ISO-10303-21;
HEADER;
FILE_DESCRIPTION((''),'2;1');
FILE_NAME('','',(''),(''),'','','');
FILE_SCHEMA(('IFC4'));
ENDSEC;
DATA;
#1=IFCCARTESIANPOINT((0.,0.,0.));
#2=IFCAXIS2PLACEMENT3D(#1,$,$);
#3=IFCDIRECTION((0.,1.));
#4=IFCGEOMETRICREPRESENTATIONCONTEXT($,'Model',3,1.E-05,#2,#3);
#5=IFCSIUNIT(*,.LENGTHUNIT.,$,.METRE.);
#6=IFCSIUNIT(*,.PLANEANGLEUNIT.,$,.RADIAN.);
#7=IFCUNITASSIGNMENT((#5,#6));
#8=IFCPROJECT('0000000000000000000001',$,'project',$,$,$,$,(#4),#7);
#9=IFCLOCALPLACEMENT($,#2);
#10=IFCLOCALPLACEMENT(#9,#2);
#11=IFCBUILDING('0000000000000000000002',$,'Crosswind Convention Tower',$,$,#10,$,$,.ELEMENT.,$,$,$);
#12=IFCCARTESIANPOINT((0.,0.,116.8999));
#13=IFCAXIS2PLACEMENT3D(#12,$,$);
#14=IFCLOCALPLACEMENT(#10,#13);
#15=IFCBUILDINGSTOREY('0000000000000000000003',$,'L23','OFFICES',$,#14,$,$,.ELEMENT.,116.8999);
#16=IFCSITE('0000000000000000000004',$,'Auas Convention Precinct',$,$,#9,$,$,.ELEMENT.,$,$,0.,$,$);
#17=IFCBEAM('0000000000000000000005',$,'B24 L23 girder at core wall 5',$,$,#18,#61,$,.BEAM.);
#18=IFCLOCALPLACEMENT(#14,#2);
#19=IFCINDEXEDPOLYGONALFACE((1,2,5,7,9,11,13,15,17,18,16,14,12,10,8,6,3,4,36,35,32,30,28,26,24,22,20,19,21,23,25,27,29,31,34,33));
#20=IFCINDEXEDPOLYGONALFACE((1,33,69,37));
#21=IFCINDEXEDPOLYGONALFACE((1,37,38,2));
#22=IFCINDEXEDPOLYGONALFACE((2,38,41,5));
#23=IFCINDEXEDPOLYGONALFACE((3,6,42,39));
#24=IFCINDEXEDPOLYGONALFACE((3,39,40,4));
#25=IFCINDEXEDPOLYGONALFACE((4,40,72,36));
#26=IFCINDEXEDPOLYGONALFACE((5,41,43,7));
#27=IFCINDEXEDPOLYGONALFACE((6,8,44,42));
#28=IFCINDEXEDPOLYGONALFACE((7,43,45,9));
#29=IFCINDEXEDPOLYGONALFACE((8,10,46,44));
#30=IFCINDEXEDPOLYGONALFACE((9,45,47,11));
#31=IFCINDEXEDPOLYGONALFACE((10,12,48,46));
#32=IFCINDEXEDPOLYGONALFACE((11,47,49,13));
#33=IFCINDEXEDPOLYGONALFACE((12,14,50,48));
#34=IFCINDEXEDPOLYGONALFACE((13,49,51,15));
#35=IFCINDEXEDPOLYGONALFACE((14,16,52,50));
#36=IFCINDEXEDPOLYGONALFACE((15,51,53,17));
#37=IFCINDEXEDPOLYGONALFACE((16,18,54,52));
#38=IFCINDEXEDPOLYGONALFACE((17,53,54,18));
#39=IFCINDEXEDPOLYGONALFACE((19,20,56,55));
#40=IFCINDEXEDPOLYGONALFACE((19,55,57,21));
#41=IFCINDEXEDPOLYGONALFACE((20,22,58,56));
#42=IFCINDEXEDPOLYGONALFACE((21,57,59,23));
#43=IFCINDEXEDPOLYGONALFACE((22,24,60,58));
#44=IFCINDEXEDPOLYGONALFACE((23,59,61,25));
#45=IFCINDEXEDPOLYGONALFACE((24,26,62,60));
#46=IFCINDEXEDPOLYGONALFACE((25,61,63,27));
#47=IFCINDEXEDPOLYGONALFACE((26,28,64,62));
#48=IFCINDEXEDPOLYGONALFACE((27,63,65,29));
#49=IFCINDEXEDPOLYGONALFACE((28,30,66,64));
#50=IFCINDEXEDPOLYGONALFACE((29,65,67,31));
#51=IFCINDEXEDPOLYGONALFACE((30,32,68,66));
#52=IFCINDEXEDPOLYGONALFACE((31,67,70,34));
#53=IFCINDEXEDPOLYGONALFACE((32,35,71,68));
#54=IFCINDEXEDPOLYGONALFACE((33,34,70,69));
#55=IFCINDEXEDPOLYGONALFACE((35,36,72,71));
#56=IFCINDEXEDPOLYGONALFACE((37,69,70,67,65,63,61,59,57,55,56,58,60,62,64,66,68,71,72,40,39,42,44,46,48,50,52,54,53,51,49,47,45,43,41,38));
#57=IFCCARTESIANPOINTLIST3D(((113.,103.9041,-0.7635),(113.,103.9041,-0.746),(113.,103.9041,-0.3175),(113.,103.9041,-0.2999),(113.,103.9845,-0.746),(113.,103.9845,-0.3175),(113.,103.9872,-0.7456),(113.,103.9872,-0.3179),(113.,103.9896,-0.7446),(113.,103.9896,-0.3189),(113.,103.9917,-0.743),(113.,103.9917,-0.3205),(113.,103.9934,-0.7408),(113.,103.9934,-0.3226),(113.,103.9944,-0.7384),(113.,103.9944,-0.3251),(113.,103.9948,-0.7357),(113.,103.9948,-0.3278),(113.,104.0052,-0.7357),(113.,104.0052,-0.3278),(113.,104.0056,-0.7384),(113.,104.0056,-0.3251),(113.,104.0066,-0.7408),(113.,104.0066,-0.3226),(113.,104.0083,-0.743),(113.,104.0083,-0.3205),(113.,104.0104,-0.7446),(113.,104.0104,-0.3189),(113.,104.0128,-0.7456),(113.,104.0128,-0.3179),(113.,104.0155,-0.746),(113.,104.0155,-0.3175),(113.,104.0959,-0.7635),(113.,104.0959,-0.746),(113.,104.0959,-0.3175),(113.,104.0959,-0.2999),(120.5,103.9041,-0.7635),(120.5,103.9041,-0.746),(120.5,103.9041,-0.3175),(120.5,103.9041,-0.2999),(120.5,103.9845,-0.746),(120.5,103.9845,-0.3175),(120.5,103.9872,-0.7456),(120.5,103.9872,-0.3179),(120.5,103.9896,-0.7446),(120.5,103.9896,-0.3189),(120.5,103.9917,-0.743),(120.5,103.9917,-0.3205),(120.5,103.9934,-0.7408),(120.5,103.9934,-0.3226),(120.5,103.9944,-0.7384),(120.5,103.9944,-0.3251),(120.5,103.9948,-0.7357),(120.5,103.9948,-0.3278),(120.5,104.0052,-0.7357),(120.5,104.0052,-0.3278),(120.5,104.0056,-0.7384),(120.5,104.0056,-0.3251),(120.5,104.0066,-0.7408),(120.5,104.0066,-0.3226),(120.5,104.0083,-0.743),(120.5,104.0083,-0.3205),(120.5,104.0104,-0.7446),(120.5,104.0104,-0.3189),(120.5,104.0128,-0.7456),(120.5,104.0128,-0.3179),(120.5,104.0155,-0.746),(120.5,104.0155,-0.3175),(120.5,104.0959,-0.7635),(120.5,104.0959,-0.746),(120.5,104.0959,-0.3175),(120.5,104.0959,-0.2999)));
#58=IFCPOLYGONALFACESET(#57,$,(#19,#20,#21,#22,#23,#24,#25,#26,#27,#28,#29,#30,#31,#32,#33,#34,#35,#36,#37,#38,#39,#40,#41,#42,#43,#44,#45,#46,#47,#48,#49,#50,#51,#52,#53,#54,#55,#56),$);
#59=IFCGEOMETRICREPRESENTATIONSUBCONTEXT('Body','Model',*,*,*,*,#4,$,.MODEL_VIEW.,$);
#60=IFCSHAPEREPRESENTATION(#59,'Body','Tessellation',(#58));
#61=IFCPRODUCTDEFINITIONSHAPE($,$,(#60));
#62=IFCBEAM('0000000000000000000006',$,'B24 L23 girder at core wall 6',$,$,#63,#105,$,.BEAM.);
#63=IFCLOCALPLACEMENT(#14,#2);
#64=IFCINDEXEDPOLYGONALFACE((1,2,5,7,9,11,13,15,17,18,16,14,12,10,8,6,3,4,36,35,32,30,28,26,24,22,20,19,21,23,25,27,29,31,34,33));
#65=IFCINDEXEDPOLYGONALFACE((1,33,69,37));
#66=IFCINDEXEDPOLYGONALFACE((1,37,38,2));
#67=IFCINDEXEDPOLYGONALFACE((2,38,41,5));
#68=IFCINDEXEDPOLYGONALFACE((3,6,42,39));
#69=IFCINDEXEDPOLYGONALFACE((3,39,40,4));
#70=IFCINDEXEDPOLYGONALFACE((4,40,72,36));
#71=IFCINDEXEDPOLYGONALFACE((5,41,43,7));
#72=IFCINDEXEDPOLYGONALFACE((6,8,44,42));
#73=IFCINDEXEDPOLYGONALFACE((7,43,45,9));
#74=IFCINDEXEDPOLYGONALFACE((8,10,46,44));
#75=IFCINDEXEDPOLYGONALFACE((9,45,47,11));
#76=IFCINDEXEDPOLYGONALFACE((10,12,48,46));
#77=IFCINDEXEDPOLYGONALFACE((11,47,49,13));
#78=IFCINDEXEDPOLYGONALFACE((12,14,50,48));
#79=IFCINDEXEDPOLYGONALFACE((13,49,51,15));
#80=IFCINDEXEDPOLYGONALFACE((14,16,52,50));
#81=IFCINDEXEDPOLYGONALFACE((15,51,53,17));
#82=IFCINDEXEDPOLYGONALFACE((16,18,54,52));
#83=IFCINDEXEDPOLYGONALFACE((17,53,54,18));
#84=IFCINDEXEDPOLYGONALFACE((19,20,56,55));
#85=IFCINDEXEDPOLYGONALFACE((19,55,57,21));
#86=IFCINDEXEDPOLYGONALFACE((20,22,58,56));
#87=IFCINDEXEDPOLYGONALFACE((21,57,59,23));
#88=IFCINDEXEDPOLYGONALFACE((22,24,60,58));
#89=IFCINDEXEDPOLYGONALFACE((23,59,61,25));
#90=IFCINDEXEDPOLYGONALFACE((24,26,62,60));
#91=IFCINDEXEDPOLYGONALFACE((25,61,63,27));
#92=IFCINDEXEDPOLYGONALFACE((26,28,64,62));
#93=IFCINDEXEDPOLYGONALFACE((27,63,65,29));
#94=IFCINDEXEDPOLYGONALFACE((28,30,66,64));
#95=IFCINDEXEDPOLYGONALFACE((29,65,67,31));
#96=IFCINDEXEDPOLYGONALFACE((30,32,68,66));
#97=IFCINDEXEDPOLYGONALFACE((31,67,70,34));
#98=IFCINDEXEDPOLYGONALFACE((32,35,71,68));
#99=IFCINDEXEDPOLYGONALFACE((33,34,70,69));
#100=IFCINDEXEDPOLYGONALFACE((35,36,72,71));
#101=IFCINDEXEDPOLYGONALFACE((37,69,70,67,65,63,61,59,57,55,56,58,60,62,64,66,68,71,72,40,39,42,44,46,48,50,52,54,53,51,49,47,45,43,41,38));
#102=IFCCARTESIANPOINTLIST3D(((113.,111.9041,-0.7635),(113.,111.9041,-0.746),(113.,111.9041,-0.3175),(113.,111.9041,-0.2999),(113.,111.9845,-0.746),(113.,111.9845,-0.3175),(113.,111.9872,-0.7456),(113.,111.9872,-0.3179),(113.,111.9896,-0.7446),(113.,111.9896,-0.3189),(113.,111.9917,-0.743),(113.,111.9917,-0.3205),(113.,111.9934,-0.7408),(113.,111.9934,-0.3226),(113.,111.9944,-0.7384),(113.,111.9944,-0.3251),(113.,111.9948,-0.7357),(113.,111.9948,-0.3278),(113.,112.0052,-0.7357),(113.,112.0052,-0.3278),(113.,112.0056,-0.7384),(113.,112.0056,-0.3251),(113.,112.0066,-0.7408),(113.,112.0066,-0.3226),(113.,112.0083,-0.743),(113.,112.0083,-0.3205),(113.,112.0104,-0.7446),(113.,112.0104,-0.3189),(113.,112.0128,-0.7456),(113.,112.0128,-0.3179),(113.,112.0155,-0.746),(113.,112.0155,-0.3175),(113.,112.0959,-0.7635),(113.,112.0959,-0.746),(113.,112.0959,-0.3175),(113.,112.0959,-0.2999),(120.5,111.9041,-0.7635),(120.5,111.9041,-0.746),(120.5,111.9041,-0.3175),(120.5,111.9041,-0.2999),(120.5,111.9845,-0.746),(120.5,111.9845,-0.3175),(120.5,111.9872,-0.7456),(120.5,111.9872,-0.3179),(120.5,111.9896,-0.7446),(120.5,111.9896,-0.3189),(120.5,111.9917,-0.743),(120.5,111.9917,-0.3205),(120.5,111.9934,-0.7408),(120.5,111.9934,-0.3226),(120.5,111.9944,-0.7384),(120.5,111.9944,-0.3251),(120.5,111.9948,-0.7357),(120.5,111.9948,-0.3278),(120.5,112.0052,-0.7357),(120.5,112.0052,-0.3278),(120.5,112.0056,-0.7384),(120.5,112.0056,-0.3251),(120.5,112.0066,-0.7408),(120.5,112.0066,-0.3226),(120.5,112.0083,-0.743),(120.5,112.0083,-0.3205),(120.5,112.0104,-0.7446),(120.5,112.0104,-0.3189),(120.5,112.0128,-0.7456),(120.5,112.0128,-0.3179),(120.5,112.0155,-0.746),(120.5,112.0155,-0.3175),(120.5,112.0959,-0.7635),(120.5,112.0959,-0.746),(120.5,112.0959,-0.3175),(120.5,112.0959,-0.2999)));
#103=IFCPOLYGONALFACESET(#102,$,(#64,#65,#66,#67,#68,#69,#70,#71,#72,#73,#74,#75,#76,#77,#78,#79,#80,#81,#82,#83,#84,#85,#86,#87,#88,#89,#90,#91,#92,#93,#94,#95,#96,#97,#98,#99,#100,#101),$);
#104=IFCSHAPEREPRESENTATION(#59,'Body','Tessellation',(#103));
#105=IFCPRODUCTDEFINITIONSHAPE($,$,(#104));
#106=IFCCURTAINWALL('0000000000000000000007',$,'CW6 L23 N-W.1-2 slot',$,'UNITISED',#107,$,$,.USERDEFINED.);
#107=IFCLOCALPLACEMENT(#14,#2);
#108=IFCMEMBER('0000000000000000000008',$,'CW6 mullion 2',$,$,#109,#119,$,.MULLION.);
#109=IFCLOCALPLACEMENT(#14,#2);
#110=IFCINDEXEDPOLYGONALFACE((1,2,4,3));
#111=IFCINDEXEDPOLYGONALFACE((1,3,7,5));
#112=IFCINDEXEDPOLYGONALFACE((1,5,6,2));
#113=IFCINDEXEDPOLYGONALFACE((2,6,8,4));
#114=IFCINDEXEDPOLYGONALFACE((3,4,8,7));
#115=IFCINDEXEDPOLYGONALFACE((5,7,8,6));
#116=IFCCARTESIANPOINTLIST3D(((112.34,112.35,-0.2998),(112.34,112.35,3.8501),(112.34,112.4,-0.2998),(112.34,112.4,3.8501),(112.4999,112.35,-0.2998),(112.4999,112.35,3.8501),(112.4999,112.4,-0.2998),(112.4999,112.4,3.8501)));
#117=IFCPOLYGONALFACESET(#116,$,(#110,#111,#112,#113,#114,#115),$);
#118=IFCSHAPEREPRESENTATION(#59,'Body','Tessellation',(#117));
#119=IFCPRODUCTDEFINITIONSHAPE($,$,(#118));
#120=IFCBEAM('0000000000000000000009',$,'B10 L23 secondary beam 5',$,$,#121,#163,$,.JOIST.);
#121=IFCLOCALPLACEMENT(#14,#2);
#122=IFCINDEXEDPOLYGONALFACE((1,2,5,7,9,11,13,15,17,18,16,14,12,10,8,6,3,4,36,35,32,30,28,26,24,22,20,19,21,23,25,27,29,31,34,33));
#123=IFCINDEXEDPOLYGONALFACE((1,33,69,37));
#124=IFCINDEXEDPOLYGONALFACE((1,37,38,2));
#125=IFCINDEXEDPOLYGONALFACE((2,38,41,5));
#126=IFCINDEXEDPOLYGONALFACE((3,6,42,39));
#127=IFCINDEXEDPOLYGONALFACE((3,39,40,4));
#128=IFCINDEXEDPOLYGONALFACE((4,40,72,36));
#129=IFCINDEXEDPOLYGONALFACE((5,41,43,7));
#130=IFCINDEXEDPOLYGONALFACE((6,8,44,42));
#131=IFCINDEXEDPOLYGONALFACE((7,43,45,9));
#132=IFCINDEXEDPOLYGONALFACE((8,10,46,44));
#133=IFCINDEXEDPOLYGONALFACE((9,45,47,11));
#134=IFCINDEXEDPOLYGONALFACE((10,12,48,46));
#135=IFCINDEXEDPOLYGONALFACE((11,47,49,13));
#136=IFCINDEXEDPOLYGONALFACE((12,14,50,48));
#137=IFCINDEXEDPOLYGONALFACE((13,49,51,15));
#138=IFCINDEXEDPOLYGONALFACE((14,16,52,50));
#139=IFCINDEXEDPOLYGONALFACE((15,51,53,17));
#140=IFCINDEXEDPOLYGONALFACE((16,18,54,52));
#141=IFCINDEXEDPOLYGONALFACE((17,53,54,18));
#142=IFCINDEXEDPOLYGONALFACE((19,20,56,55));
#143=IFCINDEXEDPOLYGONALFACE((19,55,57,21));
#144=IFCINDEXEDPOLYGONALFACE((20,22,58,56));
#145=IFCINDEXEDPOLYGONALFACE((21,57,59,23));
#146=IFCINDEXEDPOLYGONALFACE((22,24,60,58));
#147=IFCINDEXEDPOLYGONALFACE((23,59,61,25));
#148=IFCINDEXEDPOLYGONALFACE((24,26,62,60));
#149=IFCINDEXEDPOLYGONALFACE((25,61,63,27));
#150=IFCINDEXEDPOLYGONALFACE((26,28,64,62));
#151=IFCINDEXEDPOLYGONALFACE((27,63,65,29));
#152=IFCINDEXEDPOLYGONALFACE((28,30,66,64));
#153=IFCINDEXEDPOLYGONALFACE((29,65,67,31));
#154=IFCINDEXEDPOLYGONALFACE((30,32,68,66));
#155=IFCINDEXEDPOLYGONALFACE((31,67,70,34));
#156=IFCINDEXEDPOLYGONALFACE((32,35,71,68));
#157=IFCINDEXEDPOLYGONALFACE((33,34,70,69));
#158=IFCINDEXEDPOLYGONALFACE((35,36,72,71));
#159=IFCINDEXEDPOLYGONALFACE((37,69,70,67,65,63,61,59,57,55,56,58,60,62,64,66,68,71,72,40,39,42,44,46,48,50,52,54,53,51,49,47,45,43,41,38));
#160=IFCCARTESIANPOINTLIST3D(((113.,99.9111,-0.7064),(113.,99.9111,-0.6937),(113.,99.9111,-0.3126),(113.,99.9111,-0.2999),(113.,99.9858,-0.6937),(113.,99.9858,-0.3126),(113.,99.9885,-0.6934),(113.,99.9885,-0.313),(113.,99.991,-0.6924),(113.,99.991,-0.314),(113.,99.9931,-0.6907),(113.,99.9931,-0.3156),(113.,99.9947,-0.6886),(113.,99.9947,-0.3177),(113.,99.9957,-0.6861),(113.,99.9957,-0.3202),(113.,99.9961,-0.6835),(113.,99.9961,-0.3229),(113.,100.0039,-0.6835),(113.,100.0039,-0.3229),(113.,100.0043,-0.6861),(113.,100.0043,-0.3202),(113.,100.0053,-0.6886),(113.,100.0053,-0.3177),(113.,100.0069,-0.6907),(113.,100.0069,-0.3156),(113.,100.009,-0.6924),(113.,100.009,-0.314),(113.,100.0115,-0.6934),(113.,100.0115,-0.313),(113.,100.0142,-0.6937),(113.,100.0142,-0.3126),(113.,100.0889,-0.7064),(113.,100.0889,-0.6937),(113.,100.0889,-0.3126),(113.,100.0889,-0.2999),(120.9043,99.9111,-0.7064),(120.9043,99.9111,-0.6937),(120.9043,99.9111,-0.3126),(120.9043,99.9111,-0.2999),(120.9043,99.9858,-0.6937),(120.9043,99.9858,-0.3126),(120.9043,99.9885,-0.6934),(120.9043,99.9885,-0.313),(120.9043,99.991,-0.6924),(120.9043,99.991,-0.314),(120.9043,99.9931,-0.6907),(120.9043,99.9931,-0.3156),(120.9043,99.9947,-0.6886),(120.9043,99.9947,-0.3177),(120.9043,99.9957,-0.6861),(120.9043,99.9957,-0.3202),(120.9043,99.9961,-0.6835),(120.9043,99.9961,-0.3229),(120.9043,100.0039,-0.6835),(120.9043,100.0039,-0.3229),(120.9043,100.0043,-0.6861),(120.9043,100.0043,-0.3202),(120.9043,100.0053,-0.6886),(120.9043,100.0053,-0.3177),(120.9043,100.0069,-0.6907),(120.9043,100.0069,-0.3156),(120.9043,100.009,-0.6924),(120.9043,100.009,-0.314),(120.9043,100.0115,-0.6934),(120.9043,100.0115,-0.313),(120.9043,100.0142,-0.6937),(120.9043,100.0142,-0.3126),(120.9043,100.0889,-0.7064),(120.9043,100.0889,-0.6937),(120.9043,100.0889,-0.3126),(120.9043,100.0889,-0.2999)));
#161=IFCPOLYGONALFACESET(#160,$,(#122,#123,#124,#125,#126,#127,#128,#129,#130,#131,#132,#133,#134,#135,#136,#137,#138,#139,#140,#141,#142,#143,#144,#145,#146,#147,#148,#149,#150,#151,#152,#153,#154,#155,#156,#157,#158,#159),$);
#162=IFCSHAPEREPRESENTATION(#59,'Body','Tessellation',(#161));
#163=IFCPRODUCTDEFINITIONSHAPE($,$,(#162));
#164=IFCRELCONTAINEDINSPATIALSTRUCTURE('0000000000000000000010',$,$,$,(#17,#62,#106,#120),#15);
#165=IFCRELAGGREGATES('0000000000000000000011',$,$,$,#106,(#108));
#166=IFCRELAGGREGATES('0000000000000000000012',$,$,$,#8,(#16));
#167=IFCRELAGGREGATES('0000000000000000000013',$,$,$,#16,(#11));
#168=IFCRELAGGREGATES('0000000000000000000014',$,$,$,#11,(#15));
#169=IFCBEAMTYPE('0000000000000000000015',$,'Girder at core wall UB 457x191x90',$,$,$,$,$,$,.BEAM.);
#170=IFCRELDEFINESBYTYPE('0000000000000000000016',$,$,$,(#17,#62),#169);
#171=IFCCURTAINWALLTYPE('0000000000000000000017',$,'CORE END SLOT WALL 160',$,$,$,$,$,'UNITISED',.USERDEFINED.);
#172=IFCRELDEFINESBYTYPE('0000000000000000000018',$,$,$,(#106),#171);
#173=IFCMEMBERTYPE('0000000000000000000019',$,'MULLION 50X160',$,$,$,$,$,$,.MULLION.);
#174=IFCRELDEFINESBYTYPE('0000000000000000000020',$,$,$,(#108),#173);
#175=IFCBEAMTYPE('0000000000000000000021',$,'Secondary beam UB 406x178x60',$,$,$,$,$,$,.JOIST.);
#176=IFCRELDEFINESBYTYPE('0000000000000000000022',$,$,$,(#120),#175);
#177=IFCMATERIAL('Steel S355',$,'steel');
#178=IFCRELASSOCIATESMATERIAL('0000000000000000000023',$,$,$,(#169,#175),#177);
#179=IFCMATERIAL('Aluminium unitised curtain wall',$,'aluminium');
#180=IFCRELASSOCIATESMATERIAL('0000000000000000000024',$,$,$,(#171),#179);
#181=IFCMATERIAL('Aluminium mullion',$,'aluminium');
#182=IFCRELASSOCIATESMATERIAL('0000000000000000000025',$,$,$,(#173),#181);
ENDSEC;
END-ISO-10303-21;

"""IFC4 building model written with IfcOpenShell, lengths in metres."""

from ifc_helpers import new_model, si_unit, direction, frame, origin, origin_2d, place, context, subcontext, project, spatial, rectangle, i_section, extrude, material, material_profile, profile_set, type_object, element, aggregate, save


model = new_model("IFC4")

# Units and contexts
model_context = context("Model", 3, precision=1e-05, world=origin(), true_north=direction((0.0, 1.0)))
body_context = subcontext(model_context, "Body", "Model", "MODEL_VIEW")
ifc_project = project(units=[si_unit("LENGTHUNIT", "METRE"), si_unit("PLANEANGLEUNIT", "RADIAN")], contexts=[model_context])

# Site, building, storey
site_placement = place(None, origin())
site = spatial("IfcSite", under=ifc_project, at=site_placement, Name="Auas Convention Precinct", CompositionType="ELEMENT", RefElevation=0.0)
building_placement = place(site_placement, origin())
building = spatial("IfcBuilding", under=site, at=building_placement, Name="Crosswind Convention Tower", CompositionType="ELEMENT")
storey_placement = place(building_placement, frame((0.0, 0.0, 116.8999)))
storey = spatial("IfcBuildingStorey", under=building, at=storey_placement, Name="L23", Description="OFFICES", CompositionType="ELEMENT", Elevation=116.8999)

# Beams
ifc_material_1 = material(Name="Steel S355", Category="steel")
ifc_material_profile_1 = material_profile(ifc_material_1, i_section(OverallWidth=0.1919, OverallDepth=0.4636, WebThickness=0.0105, FlangeThickness=0.0176, FilletRadius=0.0103, at=origin_2d()), Name="UB 457x191x90")
ifc_profile_set_1 = profile_set([ifc_material_profile_1], Name="Steel S355")
beam_type_1 = type_object("IfcBeamType", Name="Girder at core wall UB 457x191x90", PredefinedType="BEAM", material=ifc_profile_set_1)
for number, where, z_axis, x_axis, name in (
    (1, (113.0, 104.0, -0.5317), (1.0, 0.0, 0.0), (0.0, 1.0, 0.0), "B24 L23 girder at core wall 5"),
    (2, (113.0, 112.0, -0.5317), (1.0, 0.0, 0.0), (0.0, 1.0, 0.0), "B24 L23 girder at core wall 6"),
):
    element("IfcBeam", number, at=place(storey_placement, frame(where, z_axis=z_axis, x_axis=x_axis)), inside=storey, type_object=beam_type_1, Name=name, PredefinedType="BEAM", context=body_context, shape_type="SweptSolid", body=[
        extrude(i_section(OverallWidth=0.1919, OverallDepth=0.4636, WebThickness=0.0105, FlangeThickness=0.0176, FilletRadius=0.0103, at=origin_2d()), origin(), (0.0, 0.0, 1.0), 7.5),
    ])

# Curtain wall, member
ifc_material_2 = material(Name="Aluminium unitised curtain wall", Category="aluminium")
curtain_wall_type = type_object("IfcCurtainWallType", Name="CORE END SLOT WALL 160", ElementType="UNITISED", PredefinedType="USERDEFINED", material=ifc_material_2)
curtain_wall_placement = place(storey_placement, origin())
curtain_wall = element("IfcCurtainWall", 3, at=curtain_wall_placement, inside=storey, type_object=curtain_wall_type, Name="CW6 L23 N-W.1-2 slot", ObjectType="UNITISED", PredefinedType="USERDEFINED")
ifc_material_3 = material(Name="Aluminium mullion", Category="aluminium")
ifc_material_profile_2 = material_profile(ifc_material_3, rectangle(XDim=0.1599, YDim=0.05, at=origin_2d()), Name="AL 160X50")
ifc_profile_set_2 = profile_set([ifc_material_profile_2], Name="Aluminium mullion")
member_type = type_object("IfcMemberType", Name="MULLION 50X160", PredefinedType="MULLION", material=ifc_profile_set_2)
member_placement = place(storey_placement, frame((112.4199, 112.375, -0.2998), z_axis=(0.0, 0.0, 1.0), x_axis=(-1.0, 0.0, 0.0)))
member = element("IfcMember", 4, at=member_placement, type_object=member_type, Name="CW6 mullion 2", PredefinedType="MULLION", context=body_context, shape_type="SweptSolid", body=[
    extrude(rectangle(XDim=0.1599, YDim=0.05, at=origin_2d()), origin(), (0.0, 0.0, 1.0), 4.1499),
])
aggregate(curtain_wall, [member])

# Beam
ifc_material_profile_3 = material_profile(ifc_material_1, i_section(OverallWidth=0.1777, OverallDepth=0.4065, WebThickness=0.0078, FlangeThickness=0.0127, FilletRadius=0.0103, at=origin_2d()), Name="UB 406x178x60")
ifc_profile_set_3 = profile_set([ifc_material_profile_3], Name="Steel S355")
beam_type_2 = type_object("IfcBeamType", Name="Secondary beam UB 406x178x60", PredefinedType="JOIST", material=ifc_profile_set_3)
for number, where, z_axis, x_axis, name in (
    (5, (113.0, 100.0, -0.5032), (1.0, 0.0, 0.0), (0.0, 1.0, 0.0), "B10 L23 secondary beam 5"),
):
    element("IfcBeam", number, at=place(storey_placement, frame(where, z_axis=z_axis, x_axis=x_axis)), inside=storey, type_object=beam_type_2, Name=name, PredefinedType="JOIST", context=body_context, shape_type="SweptSolid", body=[
        extrude(i_section(OverallWidth=0.1777, OverallDepth=0.4065, WebThickness=0.0078, FlangeThickness=0.0127, FilletRadius=0.0103, at=origin_2d()), origin(), (0.0, 0.0, 1.0), 7.9043),
    ])

save(model, "model.ifc")
